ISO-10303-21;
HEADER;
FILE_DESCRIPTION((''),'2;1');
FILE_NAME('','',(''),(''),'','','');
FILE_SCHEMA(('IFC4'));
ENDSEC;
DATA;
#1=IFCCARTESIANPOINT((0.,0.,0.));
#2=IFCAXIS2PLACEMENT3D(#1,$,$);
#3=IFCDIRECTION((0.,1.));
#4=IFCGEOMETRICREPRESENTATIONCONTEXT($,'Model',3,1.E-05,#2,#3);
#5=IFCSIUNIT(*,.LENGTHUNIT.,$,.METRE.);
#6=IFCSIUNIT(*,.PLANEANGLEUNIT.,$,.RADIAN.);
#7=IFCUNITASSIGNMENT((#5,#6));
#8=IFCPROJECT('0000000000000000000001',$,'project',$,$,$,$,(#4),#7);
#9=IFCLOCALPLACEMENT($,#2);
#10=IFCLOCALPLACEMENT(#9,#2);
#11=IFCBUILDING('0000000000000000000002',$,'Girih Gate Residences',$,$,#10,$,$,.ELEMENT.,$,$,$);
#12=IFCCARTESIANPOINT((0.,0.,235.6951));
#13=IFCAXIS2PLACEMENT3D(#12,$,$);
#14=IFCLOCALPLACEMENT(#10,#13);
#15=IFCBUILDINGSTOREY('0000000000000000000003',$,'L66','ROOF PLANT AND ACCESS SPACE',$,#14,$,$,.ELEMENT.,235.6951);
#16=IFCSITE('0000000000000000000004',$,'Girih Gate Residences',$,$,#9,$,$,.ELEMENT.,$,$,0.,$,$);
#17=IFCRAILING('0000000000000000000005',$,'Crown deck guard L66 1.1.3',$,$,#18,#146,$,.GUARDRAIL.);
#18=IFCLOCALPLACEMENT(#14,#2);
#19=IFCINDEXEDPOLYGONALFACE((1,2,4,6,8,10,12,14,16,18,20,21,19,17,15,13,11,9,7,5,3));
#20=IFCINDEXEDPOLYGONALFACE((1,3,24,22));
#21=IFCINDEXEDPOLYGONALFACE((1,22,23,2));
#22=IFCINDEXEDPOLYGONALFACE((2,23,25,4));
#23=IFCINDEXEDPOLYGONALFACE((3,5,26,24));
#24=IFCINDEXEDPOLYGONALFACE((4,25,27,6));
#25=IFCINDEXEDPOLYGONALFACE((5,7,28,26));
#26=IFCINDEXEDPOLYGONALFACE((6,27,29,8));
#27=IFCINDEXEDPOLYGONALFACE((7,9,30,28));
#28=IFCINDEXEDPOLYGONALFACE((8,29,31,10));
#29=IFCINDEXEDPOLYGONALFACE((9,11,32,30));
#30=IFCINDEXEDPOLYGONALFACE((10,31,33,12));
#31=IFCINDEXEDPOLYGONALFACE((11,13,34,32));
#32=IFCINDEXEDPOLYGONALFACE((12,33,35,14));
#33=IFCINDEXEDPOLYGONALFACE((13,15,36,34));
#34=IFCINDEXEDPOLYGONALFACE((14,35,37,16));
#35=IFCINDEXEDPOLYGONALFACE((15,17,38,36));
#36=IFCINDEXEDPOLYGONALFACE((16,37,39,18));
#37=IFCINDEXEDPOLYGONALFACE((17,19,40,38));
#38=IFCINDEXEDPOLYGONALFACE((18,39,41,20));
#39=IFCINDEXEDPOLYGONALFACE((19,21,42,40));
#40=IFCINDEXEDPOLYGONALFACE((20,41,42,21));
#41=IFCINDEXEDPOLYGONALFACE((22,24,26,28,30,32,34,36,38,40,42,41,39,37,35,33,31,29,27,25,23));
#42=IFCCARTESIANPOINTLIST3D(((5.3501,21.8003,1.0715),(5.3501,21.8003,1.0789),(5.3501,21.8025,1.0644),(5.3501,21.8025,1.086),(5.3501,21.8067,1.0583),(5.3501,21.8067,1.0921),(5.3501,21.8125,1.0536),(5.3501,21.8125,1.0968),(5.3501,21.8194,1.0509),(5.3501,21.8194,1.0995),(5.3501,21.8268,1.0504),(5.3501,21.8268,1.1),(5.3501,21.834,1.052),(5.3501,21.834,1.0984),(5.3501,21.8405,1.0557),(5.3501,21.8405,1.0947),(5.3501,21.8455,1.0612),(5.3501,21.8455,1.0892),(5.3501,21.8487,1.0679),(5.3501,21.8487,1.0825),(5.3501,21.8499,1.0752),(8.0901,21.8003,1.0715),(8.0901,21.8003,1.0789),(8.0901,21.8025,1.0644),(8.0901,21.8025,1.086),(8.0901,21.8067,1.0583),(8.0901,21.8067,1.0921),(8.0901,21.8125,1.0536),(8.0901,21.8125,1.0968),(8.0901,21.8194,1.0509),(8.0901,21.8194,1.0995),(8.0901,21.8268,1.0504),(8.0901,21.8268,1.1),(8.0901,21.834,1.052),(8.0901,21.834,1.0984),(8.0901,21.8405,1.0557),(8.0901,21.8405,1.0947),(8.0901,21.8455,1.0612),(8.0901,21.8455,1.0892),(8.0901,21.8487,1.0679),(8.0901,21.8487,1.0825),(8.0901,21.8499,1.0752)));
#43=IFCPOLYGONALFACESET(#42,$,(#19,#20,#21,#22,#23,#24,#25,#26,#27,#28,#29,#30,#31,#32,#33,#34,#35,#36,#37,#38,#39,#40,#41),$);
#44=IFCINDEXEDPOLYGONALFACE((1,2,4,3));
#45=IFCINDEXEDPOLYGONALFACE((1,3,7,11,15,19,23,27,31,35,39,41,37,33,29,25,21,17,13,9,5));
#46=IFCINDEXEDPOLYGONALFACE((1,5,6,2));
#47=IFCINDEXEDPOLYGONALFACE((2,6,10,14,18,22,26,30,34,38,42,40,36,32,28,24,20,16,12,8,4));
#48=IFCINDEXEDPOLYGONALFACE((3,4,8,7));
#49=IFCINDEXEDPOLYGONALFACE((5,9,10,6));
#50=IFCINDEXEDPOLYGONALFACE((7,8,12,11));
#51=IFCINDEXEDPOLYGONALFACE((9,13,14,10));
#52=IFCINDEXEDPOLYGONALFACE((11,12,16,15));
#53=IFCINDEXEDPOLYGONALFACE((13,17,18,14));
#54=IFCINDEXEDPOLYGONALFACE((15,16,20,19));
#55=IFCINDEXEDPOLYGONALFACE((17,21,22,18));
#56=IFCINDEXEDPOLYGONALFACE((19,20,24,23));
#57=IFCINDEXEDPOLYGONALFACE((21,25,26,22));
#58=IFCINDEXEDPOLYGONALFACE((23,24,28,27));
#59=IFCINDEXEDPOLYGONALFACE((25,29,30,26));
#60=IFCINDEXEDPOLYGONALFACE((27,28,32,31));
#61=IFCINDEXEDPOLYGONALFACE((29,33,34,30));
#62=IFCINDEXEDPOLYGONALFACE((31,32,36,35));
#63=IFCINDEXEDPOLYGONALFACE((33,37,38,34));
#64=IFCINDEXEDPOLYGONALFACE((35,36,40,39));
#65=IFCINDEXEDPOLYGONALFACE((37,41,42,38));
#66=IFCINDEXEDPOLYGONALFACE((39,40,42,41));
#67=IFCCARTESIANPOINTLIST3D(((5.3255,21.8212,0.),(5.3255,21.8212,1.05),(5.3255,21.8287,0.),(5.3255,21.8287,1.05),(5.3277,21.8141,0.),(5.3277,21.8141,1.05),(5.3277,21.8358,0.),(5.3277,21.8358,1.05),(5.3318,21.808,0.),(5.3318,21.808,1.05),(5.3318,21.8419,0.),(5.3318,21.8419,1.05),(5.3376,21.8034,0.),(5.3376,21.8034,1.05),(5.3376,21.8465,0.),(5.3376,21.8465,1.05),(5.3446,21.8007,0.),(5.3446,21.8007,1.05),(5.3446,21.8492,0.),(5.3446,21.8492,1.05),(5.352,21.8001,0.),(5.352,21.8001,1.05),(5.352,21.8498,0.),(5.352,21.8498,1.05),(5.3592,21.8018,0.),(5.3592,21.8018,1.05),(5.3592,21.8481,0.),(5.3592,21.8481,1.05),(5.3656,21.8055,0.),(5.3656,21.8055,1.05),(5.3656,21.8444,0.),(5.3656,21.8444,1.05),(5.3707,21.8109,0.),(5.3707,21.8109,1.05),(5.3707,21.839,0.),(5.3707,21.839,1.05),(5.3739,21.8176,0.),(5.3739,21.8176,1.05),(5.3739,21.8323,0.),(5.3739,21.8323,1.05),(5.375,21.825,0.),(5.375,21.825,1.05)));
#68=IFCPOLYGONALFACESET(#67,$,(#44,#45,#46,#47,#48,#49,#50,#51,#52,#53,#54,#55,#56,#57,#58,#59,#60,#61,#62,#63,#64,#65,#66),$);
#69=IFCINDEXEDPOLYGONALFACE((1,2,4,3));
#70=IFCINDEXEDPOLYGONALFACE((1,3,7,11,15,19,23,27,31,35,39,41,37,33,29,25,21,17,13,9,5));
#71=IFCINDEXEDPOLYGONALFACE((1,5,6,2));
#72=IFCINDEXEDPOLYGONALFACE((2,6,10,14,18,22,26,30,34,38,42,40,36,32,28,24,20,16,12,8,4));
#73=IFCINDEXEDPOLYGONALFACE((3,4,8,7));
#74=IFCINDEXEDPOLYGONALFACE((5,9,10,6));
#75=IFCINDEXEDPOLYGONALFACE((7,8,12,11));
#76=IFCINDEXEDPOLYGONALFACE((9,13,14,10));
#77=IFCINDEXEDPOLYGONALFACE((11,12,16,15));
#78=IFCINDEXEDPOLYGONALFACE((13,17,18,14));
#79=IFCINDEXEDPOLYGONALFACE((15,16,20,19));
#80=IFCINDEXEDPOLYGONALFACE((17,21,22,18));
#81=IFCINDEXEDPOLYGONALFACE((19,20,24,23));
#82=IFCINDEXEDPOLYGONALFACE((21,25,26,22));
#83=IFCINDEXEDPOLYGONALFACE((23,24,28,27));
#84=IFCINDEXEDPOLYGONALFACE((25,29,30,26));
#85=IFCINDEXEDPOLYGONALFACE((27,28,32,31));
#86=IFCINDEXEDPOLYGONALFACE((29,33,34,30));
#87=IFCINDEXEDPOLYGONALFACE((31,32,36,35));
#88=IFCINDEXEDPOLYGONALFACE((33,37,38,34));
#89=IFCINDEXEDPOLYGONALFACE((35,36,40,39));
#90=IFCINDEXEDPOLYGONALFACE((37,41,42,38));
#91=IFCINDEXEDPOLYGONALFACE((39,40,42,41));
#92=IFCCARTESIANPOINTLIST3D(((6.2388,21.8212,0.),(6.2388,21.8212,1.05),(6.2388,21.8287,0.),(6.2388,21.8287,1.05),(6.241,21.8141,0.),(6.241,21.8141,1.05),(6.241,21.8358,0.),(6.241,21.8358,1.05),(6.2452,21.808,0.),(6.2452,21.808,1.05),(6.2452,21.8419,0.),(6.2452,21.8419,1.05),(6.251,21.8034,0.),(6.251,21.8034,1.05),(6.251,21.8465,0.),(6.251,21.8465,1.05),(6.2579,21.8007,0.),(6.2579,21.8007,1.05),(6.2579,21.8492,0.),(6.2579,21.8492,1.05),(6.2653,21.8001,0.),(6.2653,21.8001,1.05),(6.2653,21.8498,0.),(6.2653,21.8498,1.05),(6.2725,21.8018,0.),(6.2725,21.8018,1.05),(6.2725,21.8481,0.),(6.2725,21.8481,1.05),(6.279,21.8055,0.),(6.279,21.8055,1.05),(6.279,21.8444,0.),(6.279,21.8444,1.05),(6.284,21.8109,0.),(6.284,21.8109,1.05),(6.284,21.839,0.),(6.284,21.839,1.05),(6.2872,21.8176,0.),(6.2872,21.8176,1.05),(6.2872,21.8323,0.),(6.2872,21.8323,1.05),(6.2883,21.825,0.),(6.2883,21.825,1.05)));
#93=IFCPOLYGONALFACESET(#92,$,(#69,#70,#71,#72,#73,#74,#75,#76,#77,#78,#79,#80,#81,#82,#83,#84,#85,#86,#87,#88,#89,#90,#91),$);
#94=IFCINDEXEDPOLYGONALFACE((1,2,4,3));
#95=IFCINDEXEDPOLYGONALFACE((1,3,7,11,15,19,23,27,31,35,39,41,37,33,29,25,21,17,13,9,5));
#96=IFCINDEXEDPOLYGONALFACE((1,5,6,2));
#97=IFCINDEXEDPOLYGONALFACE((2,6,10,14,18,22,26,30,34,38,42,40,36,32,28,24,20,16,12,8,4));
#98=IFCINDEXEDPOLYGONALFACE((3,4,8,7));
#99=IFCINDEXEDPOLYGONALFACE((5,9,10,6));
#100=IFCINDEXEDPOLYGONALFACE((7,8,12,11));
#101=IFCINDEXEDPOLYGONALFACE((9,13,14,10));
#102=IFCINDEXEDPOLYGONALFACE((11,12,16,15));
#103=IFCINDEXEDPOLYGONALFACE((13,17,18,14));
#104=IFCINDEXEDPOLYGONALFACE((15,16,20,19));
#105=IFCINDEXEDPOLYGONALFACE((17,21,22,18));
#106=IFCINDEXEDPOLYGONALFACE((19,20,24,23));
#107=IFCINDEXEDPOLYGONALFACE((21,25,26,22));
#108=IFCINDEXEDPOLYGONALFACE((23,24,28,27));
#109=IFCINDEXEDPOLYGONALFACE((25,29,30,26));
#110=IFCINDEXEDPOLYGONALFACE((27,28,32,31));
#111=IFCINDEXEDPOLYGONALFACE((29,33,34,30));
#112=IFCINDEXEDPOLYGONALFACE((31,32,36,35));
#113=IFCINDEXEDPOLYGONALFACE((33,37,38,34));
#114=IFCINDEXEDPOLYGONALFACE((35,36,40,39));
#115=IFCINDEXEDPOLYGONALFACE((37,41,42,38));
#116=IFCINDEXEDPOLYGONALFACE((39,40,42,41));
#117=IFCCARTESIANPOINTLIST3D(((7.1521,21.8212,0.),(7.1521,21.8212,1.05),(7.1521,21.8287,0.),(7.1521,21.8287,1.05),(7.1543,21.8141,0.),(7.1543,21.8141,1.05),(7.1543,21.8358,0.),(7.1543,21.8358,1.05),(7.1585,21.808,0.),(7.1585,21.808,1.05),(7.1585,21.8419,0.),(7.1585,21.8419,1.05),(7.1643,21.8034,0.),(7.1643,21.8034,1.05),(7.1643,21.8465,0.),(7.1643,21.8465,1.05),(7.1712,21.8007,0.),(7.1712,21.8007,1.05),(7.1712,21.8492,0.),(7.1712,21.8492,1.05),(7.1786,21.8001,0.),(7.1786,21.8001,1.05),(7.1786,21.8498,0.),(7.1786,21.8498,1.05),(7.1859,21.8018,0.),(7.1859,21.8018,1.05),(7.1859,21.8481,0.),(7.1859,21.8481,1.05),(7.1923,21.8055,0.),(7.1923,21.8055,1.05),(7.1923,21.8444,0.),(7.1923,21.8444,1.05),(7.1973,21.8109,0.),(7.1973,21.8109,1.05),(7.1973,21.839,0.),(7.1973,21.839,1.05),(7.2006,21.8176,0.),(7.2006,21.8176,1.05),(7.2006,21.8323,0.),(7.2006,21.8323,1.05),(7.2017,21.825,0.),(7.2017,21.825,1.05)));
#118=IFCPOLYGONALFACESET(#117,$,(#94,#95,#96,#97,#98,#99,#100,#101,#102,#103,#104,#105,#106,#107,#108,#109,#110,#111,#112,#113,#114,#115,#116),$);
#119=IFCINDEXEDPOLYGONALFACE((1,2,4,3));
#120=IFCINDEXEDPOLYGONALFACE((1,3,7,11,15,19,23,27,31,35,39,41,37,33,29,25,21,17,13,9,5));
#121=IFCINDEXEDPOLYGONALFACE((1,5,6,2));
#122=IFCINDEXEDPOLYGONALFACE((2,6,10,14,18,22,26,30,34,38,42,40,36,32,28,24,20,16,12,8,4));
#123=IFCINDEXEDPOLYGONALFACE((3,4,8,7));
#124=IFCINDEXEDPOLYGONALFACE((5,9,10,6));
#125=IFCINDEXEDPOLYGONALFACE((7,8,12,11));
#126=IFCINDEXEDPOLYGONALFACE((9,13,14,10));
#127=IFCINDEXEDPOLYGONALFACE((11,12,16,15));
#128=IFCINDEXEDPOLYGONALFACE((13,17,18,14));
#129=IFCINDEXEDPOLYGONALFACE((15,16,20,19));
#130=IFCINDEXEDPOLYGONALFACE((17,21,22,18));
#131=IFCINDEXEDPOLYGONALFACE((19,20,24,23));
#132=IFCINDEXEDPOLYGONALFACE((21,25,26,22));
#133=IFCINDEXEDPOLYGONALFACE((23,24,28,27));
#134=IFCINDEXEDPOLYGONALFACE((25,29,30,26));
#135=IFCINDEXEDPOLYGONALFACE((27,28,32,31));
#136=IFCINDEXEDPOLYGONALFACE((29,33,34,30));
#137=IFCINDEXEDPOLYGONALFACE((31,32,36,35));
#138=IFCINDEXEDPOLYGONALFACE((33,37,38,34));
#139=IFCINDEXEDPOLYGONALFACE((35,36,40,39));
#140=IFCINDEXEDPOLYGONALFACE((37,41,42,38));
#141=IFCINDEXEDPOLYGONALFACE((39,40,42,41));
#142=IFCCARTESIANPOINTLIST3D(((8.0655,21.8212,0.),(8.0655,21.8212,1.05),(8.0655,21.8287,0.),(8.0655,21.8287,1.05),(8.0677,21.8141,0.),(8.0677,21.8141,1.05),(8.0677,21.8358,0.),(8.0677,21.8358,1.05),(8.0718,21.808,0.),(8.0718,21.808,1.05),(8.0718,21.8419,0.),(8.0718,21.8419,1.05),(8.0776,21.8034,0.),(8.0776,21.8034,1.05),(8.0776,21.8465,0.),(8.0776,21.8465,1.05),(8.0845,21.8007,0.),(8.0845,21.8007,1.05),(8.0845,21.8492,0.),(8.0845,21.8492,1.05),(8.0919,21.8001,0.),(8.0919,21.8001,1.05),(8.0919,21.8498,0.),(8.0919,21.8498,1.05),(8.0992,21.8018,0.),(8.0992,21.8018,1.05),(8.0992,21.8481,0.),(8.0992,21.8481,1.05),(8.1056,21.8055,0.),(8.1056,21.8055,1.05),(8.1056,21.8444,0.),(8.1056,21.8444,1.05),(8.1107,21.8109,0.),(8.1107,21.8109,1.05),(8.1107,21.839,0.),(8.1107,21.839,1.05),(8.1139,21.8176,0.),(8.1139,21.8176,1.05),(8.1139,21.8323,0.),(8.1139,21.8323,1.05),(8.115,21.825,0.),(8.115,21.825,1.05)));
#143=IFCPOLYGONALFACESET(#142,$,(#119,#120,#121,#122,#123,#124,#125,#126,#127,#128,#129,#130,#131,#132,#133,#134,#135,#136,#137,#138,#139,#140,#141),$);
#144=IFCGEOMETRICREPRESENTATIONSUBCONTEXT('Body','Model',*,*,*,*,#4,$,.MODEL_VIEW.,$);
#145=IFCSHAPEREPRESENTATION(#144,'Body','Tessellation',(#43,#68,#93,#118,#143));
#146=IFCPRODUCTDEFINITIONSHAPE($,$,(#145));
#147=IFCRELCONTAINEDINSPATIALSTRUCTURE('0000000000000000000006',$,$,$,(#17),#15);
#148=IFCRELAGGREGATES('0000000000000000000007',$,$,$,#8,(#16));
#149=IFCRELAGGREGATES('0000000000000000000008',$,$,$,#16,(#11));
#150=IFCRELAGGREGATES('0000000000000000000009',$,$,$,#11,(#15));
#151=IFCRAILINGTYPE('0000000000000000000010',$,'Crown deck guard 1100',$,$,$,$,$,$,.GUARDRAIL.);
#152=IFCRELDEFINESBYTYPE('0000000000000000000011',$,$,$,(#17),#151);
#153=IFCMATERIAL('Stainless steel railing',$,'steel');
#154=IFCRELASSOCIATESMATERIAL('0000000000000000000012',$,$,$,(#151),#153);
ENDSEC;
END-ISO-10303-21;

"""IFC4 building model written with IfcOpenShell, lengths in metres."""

from ifc_helpers import new_model, si_unit, direction, frame, origin, origin_2d, place, context, subcontext, project, spatial, circle, extrude, material, type_object, element, save


model = new_model("IFC4")

# Units and contexts
model_context = context("Model", 3, precision=1e-05, world=origin(), true_north=direction((0.0, 1.0)))
body_context = subcontext(model_context, "Body", "Model", "MODEL_VIEW")
ifc_project = project(units=[si_unit("LENGTHUNIT", "METRE"), si_unit("PLANEANGLEUNIT", "RADIAN")], contexts=[model_context])

# Site, building, storey
site_placement = place(None, origin())
site = spatial("IfcSite", under=ifc_project, at=site_placement, Name="Girih Gate Residences", CompositionType="ELEMENT", RefElevation=0.0)
building_placement = place(site_placement, origin())
building = spatial("IfcBuilding", under=site, at=building_placement, Name="Girih Gate Residences", CompositionType="ELEMENT")
storey_placement = place(building_placement, frame((0.0, 0.0, 235.6951)))
storey = spatial("IfcBuildingStorey", under=building, at=storey_placement, Name="L66", Description="ROOF PLANT AND ACCESS SPACE", CompositionType="ELEMENT", Elevation=235.6951)

# Railing
ifc_material_1 = material(Name="Stainless steel railing", Category="steel")
railing_type = type_object("IfcRailingType", Name="Crown deck guard 1100", PredefinedType="GUARDRAIL", material=ifc_material_1)
railing_1_placement = place(storey_placement, frame((5.3501, 21.825, 0.0)))
element("IfcRailing", 1, at=railing_1_placement, inside=storey, type_object=railing_type, Name="Crown deck guard L66 1.1.3", PredefinedType="GUARDRAIL", context=body_context, shape_type="SweptSolid", body=[
    extrude(circle(Radius=0.0249, at=origin_2d()), frame((0.0, 0.0, 1.0752), z_axis=(1.0, 0.0, 0.0), x_axis=(0.0, 1.0, 0.0)), (0.0, 0.0, 1.0), 2.74),
    extrude(circle(Radius=0.0249, at=origin_2d()), origin(), (0.0, 0.0, 1.0), 1.05),
    extrude(circle(Radius=0.0249, at=origin_2d()), frame((0.9133, 0.0, 0.0)), (0.0, 0.0, 1.0), 1.05),
    extrude(circle(Radius=0.0249, at=origin_2d()), frame((1.8267, 0.0, 0.0)), (0.0, 0.0, 1.0), 1.05),
    extrude(circle(Radius=0.0249, at=origin_2d()), frame((2.74, 0.0, 0.0)), (0.0, 0.0, 1.0), 1.05),
])

save(model, "model.ifc")
